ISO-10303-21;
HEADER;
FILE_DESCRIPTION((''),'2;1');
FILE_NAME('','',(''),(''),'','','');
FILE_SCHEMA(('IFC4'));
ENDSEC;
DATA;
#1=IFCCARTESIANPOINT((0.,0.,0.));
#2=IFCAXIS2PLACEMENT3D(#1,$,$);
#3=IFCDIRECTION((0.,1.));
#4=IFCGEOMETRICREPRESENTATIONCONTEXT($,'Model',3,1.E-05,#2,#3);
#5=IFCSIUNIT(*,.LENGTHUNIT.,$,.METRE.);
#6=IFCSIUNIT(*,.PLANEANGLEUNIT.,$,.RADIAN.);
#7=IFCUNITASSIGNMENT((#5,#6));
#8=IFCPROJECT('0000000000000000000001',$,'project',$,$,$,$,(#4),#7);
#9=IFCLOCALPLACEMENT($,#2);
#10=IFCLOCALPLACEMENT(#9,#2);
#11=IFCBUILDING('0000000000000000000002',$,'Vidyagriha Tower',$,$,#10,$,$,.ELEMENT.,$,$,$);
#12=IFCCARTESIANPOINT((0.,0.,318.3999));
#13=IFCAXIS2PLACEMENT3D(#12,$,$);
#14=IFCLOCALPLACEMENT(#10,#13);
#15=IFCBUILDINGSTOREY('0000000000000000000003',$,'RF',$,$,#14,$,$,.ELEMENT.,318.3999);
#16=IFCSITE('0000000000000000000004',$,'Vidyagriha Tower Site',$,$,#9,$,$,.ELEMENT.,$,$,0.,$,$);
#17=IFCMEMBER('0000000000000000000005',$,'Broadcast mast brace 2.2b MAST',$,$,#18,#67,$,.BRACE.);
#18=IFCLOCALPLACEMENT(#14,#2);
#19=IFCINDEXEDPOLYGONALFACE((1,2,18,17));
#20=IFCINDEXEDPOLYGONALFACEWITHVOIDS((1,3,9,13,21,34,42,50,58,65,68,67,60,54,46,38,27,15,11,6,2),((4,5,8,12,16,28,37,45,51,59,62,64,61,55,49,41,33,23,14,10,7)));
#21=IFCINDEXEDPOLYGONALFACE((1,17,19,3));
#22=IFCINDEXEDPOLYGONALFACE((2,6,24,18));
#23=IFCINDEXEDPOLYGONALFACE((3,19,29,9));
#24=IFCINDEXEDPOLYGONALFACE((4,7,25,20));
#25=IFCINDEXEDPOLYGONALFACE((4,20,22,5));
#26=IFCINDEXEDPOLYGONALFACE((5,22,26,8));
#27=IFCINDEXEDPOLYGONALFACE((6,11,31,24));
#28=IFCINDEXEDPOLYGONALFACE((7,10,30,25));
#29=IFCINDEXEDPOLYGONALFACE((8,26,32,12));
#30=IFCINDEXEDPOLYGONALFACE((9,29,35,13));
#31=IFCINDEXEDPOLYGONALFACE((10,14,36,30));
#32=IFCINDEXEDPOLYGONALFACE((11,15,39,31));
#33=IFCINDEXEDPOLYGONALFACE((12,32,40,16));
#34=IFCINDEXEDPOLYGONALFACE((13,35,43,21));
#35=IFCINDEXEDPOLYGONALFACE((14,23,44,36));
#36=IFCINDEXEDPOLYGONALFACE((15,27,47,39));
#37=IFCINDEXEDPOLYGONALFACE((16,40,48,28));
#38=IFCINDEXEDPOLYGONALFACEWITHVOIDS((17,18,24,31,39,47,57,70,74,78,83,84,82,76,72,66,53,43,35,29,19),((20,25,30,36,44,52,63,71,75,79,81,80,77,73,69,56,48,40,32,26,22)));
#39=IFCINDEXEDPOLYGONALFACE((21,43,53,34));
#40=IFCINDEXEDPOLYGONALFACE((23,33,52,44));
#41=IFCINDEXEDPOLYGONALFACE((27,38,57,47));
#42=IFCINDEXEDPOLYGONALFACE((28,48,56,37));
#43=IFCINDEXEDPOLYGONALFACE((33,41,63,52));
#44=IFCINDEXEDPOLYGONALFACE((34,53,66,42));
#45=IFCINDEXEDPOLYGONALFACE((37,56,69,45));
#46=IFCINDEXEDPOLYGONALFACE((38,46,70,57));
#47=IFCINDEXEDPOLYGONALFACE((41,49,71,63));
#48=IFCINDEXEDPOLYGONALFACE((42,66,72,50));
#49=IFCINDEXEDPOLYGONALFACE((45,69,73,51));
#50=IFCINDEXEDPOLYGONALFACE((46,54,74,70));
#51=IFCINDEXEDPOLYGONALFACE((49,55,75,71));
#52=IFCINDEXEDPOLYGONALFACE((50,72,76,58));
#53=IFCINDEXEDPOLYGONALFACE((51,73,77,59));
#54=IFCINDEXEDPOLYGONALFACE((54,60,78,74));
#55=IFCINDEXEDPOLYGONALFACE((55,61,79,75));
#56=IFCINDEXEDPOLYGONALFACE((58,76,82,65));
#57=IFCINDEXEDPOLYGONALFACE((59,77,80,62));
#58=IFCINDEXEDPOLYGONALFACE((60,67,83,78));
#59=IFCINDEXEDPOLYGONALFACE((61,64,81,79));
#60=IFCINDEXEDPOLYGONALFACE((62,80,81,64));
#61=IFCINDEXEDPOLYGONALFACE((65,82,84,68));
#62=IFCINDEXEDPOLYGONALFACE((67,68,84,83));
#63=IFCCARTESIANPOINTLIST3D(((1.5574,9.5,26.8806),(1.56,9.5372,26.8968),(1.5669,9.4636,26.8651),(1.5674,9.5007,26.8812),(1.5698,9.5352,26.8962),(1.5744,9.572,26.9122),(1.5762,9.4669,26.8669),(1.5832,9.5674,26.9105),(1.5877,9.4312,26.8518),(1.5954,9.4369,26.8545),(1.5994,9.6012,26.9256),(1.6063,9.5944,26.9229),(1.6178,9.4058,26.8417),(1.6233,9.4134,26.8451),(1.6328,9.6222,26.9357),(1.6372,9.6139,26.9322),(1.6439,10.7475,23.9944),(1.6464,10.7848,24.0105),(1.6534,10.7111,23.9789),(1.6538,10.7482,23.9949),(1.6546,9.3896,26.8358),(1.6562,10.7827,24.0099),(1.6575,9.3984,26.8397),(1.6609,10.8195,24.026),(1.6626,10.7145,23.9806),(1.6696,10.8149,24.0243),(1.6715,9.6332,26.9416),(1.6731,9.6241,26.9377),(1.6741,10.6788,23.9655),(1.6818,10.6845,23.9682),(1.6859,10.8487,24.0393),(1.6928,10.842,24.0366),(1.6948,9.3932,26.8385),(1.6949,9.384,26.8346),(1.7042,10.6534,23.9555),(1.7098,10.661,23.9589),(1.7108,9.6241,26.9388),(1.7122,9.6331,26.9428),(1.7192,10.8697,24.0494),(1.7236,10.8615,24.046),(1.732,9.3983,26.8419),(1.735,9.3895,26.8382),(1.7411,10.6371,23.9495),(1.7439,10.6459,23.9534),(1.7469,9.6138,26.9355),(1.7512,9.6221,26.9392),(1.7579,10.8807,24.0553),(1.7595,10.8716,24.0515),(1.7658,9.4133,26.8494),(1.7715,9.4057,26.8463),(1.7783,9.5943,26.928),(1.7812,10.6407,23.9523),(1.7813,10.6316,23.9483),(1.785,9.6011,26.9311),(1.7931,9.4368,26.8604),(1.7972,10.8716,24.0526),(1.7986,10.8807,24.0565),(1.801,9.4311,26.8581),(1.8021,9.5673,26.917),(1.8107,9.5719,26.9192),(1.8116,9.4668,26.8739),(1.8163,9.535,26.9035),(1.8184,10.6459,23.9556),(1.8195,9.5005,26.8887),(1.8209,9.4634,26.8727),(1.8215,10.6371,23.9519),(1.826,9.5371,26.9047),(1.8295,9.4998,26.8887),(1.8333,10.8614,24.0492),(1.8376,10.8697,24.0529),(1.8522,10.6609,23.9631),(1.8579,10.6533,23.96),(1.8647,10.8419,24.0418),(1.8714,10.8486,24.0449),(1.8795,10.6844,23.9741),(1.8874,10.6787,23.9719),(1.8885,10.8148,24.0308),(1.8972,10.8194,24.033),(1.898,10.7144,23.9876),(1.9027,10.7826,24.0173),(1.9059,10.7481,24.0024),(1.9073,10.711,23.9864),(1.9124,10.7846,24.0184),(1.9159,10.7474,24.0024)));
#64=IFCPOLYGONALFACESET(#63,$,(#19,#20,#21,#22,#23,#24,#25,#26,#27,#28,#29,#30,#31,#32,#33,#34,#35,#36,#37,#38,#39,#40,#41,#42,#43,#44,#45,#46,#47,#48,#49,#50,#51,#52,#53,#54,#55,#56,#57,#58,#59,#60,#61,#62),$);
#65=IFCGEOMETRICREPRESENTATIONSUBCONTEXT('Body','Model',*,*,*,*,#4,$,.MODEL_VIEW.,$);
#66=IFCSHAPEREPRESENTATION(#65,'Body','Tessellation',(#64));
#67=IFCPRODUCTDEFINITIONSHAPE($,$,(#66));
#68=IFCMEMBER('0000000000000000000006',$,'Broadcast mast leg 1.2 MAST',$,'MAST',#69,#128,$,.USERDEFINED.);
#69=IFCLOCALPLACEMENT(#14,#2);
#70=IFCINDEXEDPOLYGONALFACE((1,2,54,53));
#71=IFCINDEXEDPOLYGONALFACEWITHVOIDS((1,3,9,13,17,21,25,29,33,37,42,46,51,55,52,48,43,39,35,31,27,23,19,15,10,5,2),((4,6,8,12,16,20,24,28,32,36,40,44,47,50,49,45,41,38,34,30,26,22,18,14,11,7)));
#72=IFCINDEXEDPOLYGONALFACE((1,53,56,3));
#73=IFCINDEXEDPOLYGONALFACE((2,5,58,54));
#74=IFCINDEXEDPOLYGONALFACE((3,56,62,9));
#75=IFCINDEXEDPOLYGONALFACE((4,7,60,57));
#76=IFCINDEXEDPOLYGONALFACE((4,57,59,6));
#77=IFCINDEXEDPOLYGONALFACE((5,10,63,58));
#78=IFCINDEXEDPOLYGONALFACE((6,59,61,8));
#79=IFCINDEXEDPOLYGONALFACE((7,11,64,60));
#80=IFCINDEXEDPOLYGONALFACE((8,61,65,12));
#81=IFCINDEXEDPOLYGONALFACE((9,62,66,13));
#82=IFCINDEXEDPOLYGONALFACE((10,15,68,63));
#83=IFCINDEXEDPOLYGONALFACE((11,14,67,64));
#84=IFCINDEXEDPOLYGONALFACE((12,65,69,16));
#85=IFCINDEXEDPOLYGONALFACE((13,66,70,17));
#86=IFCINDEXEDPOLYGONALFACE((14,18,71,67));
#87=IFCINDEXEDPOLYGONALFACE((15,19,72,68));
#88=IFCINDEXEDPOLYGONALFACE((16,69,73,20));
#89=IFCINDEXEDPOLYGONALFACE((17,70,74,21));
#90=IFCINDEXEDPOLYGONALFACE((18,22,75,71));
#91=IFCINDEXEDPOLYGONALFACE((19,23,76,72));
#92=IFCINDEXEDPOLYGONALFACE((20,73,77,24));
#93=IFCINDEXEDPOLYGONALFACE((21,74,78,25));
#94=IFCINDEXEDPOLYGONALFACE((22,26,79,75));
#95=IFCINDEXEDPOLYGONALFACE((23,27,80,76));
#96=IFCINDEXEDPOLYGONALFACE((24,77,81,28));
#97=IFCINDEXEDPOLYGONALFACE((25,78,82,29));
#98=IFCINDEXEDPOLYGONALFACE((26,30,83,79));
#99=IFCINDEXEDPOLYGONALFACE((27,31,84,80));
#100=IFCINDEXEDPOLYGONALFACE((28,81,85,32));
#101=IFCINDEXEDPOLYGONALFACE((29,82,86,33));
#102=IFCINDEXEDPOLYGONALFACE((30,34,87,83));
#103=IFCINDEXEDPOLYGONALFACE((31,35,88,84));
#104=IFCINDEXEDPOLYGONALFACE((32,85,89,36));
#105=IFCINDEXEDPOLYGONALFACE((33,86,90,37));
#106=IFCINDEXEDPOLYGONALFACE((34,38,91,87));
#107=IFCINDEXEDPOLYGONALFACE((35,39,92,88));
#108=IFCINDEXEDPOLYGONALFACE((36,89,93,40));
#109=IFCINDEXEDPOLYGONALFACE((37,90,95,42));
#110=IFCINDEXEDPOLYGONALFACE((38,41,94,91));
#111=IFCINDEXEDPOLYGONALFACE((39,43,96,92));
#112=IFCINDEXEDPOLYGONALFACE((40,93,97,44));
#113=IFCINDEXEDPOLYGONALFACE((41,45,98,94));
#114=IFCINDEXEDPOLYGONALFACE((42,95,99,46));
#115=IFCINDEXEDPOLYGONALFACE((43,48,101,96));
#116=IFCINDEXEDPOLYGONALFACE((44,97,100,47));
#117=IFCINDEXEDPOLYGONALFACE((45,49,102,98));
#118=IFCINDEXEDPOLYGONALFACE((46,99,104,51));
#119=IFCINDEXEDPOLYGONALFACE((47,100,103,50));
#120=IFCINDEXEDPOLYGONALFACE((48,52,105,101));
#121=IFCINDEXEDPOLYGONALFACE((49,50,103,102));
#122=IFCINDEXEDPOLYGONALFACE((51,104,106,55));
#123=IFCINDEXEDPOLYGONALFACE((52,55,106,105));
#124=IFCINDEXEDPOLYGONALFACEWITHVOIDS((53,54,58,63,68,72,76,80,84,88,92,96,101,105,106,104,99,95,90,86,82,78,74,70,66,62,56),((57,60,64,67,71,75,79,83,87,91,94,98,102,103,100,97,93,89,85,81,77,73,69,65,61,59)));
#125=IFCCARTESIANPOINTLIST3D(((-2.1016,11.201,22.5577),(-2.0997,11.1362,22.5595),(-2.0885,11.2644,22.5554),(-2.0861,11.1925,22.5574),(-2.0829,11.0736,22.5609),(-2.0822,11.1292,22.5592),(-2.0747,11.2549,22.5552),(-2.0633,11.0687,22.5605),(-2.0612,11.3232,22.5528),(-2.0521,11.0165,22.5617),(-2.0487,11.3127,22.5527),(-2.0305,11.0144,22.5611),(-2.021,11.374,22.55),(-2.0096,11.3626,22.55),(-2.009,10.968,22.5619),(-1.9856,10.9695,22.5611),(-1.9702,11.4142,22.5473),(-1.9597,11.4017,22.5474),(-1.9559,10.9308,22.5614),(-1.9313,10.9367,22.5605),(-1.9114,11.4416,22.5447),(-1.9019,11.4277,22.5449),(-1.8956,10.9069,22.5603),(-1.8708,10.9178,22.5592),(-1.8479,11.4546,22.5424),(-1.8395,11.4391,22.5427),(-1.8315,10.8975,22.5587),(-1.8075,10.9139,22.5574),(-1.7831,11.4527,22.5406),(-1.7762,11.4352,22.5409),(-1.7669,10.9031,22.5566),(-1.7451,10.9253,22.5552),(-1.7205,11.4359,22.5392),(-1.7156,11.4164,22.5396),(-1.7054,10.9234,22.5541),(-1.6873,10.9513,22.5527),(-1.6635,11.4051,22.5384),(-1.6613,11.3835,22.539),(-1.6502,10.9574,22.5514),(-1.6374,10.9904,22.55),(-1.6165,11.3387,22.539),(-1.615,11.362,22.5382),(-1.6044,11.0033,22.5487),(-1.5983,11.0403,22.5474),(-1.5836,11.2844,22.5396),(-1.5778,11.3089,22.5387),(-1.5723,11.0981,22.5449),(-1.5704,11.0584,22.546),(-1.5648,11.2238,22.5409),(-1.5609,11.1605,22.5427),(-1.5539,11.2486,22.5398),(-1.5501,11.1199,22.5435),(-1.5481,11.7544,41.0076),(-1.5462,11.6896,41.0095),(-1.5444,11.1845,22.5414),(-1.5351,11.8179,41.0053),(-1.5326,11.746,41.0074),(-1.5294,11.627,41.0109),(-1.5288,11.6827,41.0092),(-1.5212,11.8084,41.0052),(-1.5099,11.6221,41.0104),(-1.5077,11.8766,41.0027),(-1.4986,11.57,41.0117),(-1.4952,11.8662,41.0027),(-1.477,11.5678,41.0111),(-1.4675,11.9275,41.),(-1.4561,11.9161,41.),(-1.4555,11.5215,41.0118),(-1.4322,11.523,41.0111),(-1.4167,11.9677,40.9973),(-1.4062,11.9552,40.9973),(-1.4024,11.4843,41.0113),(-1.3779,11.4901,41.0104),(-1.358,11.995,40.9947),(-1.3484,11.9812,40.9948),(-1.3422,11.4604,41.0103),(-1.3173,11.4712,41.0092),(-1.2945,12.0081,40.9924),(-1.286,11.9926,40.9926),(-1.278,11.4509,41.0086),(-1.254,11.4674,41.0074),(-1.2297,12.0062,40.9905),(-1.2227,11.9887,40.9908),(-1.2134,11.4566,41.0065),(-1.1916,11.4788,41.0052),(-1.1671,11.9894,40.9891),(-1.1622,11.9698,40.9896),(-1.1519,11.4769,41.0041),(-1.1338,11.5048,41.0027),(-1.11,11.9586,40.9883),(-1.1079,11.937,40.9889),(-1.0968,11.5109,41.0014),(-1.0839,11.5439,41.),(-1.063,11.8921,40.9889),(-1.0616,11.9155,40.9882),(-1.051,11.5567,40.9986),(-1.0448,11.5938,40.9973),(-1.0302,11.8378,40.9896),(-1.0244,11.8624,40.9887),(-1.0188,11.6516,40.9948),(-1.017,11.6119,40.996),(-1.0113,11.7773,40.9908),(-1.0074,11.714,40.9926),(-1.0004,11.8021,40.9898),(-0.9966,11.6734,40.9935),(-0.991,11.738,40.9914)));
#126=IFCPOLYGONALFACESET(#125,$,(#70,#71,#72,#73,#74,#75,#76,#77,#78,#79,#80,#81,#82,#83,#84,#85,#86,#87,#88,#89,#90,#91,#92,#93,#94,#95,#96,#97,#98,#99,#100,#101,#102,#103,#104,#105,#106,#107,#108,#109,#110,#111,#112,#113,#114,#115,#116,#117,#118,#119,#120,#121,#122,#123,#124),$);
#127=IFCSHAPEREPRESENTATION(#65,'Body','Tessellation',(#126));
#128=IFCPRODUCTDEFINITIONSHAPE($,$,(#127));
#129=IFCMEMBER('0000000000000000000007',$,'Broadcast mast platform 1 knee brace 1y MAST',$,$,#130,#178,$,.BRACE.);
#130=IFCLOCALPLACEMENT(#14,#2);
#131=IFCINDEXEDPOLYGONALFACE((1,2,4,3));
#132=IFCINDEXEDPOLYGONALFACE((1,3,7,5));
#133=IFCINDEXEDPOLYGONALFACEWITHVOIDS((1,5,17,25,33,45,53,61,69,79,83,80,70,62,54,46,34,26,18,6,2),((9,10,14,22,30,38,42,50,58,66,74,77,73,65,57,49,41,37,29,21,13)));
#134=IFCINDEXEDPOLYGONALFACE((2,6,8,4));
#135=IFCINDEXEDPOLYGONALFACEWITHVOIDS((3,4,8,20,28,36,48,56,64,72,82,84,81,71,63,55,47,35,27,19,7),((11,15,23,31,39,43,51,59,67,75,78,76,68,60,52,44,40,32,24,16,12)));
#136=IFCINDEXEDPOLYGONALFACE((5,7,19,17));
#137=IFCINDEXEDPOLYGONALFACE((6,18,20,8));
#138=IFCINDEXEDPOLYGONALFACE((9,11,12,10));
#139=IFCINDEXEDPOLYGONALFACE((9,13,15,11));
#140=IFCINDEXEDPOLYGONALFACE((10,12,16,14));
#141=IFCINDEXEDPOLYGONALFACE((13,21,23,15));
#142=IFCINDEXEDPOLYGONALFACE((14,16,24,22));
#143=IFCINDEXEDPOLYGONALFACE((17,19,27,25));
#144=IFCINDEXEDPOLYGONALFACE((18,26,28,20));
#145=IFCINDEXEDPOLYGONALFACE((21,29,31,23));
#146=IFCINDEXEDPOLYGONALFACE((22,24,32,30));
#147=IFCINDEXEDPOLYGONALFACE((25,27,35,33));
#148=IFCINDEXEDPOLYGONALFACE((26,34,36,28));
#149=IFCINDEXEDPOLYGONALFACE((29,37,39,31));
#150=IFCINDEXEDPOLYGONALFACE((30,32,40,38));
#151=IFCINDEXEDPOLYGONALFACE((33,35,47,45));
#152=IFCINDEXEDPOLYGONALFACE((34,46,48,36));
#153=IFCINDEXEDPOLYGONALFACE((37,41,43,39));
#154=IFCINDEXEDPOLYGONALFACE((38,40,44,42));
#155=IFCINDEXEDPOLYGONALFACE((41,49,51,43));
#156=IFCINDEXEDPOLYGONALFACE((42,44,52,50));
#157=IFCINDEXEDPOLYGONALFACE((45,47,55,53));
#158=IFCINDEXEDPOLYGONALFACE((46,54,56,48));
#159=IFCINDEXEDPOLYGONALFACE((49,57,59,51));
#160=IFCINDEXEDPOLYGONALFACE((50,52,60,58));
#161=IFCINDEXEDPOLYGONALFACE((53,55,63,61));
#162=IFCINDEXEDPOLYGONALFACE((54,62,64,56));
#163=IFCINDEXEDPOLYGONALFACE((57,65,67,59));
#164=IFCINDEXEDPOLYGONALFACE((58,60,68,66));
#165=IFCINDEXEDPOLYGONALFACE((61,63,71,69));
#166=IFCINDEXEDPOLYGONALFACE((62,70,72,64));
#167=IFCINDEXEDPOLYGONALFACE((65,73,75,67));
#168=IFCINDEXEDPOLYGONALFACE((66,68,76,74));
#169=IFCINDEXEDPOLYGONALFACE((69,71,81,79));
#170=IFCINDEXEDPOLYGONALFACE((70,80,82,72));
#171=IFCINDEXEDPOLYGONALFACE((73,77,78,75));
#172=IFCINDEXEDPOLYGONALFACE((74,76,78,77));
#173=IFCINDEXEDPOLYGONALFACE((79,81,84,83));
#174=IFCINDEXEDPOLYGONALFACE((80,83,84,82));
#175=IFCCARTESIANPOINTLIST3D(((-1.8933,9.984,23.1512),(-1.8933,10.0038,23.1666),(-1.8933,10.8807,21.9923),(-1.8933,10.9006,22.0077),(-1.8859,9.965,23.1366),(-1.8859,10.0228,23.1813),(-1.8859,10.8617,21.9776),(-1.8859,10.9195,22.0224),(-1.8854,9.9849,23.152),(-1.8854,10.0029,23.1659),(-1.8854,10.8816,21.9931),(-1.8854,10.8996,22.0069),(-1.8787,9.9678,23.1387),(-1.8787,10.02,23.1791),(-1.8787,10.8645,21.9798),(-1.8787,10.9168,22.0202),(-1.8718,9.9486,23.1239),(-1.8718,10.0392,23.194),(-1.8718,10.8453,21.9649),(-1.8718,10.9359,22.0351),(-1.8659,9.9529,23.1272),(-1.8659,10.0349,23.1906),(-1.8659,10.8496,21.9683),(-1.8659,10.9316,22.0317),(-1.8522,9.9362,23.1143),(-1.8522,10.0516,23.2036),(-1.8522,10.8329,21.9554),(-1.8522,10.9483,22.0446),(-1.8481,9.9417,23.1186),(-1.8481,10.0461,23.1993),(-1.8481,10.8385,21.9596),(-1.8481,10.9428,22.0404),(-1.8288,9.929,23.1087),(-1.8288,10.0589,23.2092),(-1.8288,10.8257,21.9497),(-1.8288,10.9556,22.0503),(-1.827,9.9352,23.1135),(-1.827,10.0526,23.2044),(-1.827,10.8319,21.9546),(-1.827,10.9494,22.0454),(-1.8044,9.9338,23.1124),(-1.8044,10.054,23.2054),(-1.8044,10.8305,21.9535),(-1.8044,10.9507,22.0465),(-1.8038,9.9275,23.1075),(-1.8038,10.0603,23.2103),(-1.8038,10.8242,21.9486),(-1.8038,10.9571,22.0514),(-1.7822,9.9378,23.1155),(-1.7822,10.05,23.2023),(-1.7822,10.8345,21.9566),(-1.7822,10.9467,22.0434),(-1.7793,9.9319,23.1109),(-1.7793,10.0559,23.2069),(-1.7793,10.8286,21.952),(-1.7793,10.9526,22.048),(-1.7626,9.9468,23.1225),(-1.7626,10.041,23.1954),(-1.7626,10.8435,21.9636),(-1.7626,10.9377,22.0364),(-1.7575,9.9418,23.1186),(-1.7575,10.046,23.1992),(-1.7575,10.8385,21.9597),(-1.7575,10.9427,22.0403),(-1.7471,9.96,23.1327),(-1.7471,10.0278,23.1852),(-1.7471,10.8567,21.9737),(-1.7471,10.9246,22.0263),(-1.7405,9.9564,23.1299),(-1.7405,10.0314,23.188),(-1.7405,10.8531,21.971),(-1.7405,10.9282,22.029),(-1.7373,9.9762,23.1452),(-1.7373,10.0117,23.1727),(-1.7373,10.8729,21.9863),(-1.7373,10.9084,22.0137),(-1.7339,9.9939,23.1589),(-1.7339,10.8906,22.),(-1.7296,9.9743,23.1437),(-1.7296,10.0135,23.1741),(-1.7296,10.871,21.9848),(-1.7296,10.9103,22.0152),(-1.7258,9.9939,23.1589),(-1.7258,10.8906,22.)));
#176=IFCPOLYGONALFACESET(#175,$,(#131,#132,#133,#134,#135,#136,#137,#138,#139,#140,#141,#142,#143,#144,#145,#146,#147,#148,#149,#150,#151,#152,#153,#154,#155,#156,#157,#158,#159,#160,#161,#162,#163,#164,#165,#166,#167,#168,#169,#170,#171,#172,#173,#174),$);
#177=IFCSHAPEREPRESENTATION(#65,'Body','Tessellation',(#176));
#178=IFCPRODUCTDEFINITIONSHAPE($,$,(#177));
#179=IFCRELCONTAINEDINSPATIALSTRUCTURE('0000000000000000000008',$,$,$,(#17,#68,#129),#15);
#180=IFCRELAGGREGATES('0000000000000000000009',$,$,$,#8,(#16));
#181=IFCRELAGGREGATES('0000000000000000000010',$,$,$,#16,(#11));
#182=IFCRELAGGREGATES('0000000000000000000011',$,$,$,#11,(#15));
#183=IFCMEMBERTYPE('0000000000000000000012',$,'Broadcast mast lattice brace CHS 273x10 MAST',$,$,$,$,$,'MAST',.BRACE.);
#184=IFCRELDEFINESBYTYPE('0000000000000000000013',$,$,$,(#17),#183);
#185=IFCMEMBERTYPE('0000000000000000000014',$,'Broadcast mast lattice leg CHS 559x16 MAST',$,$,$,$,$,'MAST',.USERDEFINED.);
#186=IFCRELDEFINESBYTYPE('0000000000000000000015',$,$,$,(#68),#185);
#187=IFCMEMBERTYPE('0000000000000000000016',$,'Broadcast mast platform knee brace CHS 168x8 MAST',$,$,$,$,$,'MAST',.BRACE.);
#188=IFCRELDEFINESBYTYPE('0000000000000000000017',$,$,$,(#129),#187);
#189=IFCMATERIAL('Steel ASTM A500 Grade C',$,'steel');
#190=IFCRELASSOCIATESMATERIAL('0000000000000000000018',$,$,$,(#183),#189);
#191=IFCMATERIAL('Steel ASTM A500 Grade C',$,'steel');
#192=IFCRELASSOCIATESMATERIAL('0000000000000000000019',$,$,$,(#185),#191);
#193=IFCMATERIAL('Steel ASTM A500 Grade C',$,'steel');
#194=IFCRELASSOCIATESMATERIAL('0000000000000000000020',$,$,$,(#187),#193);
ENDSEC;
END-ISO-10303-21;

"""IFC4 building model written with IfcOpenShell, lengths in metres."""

from ifc_helpers import new_model, si_unit, direction, frame, origin, origin_2d, place, context, subcontext, project, spatial, hollow_circle, extrude, material, material_profile, profile_set, type_object, element, save


model = new_model("IFC4")

# Units and contexts
model_context = context("Model", 3, precision=1e-05, world=origin(), true_north=direction((0.0, 1.0)))
body_context = subcontext(model_context, "Body", "Model", "MODEL_VIEW")
ifc_project = project(units=[si_unit("LENGTHUNIT", "METRE"), si_unit("PLANEANGLEUNIT", "RADIAN")], contexts=[model_context])

# Site, building, storey
site_placement = place(None, origin())
site = spatial("IfcSite", under=ifc_project, at=site_placement, Name="Vidyagriha Tower Site", CompositionType="ELEMENT", RefElevation=0.0)
building_placement = place(site_placement, origin())
building = spatial("IfcBuilding", under=site, at=building_placement, Name="Vidyagriha Tower", CompositionType="ELEMENT")
storey_placement = place(building_placement, frame((0.0, 0.0, 318.3999)))
storey = spatial("IfcBuildingStorey", under=building, at=storey_placement, Name="RF", CompositionType="ELEMENT", Elevation=318.3999)

# Members
ifc_material_1 = material(Name="Steel ASTM A500 Grade C", Category="steel")
ifc_material_profile_1 = material_profile(ifc_material_1, hollow_circle(Radius=0.1365, WallThickness=0.01, at=origin_2d()), Name="Broadcast mast lattice brace CHS 273x10 MAST")
ifc_profile_set_1 = profile_set([ifc_material_profile_1], Name="Steel ASTM A500 Grade C")
member_type_1 = type_object("IfcMemberType", Name="Broadcast mast lattice brace CHS 273x10 MAST", ElementType="MAST", PredefinedType="BRACE", material=ifc_profile_set_1)
member_1_placement = place(storey_placement, frame((1.7798, 10.7568, 24.0024), z_axis=(-0.027476, -0.396616, 0.917573), x_axis=(0.997609, -0.06911, 0.0)))
element("IfcMember", 1, at=member_1_placement, inside=storey, type_object=member_type_1, Name="Broadcast mast brace 2.2b MAST", PredefinedType="BRACE", context=body_context, shape_type="SweptSolid", body=[
    extrude(hollow_circle(Radius=0.1365, WallThickness=0.01, at=origin_2d()), origin(), (0.0, 0.0, 1.0), 3.1455),
])
ifc_material_2 = material(Name="Steel ASTM A500 Grade C", Category="steel")
ifc_material_profile_2 = material_profile(ifc_material_2, hollow_circle(Radius=0.2793, WallThickness=0.0161, at=origin_2d()), Name="Broadcast mast lattice leg CHS 559x16 MAST")
ifc_profile_set_2 = profile_set([ifc_material_profile_2], Name="Steel ASTM A500 Grade C")
member_type_2 = type_object("IfcMemberType", Name="Broadcast mast lattice leg CHS 559x16 MAST", ElementType="MAST", PredefinedType="USERDEFINED", material=ifc_profile_set_2)
member_2_placement = place(storey_placement, frame((-1.8235, 11.1765, 22.55), z_axis=(0.029971, 0.029971, 0.999101), x_axis=(-0.707107, 0.707107, 0.0)))
element("IfcMember", 2, at=member_2_placement, inside=storey, type_object=member_type_2, Name="Broadcast mast leg 1.2 MAST", ObjectType="MAST", PredefinedType="USERDEFINED", context=body_context, shape_type="SweptSolid", body=[
    extrude(hollow_circle(Radius=0.2793, WallThickness=0.0161, at=origin_2d()), origin(), (0.0, 0.0, 1.0), 18.4666),
])
ifc_material_3 = material(Name="Steel ASTM A500 Grade C", Category="steel")
ifc_material_profile_3 = material_profile(ifc_material_3, hollow_circle(Radius=0.0842, WallThickness=0.0081, at=origin_2d()), Name="Broadcast mast platform knee brace CHS 168x8 MAST")
ifc_profile_set_3 = profile_set([ifc_material_profile_3], Name="Steel ASTM A500 Grade C")
member_type_3 = type_object("IfcMemberType", Name="Broadcast mast platform knee brace CHS 168x8 MAST", ElementType="MAST", PredefinedType="BRACE", material=ifc_profile_set_3)
for number, where, z_axis, x_axis, name in (
    (3, (-1.8101, 10.8906, 22.0), (0.0, -0.611955, 0.790893), (1.0, 0.0, 0.0), "Broadcast mast platform 1 knee brace 1y MAST"),
):
    element("IfcMember", number, at=place(storey_placement, frame(where, z_axis=z_axis, x_axis=x_axis)), inside=storey, type_object=member_type_3, Name=name, PredefinedType="BRACE", context=body_context, shape_type="SweptSolid", body=[
        extrude(hollow_circle(Radius=0.0842, WallThickness=0.0081, at=origin_2d()), origin(), (0.0, 0.0, 1.0), 1.4653),
    ])

save(model, "model.ifc")
